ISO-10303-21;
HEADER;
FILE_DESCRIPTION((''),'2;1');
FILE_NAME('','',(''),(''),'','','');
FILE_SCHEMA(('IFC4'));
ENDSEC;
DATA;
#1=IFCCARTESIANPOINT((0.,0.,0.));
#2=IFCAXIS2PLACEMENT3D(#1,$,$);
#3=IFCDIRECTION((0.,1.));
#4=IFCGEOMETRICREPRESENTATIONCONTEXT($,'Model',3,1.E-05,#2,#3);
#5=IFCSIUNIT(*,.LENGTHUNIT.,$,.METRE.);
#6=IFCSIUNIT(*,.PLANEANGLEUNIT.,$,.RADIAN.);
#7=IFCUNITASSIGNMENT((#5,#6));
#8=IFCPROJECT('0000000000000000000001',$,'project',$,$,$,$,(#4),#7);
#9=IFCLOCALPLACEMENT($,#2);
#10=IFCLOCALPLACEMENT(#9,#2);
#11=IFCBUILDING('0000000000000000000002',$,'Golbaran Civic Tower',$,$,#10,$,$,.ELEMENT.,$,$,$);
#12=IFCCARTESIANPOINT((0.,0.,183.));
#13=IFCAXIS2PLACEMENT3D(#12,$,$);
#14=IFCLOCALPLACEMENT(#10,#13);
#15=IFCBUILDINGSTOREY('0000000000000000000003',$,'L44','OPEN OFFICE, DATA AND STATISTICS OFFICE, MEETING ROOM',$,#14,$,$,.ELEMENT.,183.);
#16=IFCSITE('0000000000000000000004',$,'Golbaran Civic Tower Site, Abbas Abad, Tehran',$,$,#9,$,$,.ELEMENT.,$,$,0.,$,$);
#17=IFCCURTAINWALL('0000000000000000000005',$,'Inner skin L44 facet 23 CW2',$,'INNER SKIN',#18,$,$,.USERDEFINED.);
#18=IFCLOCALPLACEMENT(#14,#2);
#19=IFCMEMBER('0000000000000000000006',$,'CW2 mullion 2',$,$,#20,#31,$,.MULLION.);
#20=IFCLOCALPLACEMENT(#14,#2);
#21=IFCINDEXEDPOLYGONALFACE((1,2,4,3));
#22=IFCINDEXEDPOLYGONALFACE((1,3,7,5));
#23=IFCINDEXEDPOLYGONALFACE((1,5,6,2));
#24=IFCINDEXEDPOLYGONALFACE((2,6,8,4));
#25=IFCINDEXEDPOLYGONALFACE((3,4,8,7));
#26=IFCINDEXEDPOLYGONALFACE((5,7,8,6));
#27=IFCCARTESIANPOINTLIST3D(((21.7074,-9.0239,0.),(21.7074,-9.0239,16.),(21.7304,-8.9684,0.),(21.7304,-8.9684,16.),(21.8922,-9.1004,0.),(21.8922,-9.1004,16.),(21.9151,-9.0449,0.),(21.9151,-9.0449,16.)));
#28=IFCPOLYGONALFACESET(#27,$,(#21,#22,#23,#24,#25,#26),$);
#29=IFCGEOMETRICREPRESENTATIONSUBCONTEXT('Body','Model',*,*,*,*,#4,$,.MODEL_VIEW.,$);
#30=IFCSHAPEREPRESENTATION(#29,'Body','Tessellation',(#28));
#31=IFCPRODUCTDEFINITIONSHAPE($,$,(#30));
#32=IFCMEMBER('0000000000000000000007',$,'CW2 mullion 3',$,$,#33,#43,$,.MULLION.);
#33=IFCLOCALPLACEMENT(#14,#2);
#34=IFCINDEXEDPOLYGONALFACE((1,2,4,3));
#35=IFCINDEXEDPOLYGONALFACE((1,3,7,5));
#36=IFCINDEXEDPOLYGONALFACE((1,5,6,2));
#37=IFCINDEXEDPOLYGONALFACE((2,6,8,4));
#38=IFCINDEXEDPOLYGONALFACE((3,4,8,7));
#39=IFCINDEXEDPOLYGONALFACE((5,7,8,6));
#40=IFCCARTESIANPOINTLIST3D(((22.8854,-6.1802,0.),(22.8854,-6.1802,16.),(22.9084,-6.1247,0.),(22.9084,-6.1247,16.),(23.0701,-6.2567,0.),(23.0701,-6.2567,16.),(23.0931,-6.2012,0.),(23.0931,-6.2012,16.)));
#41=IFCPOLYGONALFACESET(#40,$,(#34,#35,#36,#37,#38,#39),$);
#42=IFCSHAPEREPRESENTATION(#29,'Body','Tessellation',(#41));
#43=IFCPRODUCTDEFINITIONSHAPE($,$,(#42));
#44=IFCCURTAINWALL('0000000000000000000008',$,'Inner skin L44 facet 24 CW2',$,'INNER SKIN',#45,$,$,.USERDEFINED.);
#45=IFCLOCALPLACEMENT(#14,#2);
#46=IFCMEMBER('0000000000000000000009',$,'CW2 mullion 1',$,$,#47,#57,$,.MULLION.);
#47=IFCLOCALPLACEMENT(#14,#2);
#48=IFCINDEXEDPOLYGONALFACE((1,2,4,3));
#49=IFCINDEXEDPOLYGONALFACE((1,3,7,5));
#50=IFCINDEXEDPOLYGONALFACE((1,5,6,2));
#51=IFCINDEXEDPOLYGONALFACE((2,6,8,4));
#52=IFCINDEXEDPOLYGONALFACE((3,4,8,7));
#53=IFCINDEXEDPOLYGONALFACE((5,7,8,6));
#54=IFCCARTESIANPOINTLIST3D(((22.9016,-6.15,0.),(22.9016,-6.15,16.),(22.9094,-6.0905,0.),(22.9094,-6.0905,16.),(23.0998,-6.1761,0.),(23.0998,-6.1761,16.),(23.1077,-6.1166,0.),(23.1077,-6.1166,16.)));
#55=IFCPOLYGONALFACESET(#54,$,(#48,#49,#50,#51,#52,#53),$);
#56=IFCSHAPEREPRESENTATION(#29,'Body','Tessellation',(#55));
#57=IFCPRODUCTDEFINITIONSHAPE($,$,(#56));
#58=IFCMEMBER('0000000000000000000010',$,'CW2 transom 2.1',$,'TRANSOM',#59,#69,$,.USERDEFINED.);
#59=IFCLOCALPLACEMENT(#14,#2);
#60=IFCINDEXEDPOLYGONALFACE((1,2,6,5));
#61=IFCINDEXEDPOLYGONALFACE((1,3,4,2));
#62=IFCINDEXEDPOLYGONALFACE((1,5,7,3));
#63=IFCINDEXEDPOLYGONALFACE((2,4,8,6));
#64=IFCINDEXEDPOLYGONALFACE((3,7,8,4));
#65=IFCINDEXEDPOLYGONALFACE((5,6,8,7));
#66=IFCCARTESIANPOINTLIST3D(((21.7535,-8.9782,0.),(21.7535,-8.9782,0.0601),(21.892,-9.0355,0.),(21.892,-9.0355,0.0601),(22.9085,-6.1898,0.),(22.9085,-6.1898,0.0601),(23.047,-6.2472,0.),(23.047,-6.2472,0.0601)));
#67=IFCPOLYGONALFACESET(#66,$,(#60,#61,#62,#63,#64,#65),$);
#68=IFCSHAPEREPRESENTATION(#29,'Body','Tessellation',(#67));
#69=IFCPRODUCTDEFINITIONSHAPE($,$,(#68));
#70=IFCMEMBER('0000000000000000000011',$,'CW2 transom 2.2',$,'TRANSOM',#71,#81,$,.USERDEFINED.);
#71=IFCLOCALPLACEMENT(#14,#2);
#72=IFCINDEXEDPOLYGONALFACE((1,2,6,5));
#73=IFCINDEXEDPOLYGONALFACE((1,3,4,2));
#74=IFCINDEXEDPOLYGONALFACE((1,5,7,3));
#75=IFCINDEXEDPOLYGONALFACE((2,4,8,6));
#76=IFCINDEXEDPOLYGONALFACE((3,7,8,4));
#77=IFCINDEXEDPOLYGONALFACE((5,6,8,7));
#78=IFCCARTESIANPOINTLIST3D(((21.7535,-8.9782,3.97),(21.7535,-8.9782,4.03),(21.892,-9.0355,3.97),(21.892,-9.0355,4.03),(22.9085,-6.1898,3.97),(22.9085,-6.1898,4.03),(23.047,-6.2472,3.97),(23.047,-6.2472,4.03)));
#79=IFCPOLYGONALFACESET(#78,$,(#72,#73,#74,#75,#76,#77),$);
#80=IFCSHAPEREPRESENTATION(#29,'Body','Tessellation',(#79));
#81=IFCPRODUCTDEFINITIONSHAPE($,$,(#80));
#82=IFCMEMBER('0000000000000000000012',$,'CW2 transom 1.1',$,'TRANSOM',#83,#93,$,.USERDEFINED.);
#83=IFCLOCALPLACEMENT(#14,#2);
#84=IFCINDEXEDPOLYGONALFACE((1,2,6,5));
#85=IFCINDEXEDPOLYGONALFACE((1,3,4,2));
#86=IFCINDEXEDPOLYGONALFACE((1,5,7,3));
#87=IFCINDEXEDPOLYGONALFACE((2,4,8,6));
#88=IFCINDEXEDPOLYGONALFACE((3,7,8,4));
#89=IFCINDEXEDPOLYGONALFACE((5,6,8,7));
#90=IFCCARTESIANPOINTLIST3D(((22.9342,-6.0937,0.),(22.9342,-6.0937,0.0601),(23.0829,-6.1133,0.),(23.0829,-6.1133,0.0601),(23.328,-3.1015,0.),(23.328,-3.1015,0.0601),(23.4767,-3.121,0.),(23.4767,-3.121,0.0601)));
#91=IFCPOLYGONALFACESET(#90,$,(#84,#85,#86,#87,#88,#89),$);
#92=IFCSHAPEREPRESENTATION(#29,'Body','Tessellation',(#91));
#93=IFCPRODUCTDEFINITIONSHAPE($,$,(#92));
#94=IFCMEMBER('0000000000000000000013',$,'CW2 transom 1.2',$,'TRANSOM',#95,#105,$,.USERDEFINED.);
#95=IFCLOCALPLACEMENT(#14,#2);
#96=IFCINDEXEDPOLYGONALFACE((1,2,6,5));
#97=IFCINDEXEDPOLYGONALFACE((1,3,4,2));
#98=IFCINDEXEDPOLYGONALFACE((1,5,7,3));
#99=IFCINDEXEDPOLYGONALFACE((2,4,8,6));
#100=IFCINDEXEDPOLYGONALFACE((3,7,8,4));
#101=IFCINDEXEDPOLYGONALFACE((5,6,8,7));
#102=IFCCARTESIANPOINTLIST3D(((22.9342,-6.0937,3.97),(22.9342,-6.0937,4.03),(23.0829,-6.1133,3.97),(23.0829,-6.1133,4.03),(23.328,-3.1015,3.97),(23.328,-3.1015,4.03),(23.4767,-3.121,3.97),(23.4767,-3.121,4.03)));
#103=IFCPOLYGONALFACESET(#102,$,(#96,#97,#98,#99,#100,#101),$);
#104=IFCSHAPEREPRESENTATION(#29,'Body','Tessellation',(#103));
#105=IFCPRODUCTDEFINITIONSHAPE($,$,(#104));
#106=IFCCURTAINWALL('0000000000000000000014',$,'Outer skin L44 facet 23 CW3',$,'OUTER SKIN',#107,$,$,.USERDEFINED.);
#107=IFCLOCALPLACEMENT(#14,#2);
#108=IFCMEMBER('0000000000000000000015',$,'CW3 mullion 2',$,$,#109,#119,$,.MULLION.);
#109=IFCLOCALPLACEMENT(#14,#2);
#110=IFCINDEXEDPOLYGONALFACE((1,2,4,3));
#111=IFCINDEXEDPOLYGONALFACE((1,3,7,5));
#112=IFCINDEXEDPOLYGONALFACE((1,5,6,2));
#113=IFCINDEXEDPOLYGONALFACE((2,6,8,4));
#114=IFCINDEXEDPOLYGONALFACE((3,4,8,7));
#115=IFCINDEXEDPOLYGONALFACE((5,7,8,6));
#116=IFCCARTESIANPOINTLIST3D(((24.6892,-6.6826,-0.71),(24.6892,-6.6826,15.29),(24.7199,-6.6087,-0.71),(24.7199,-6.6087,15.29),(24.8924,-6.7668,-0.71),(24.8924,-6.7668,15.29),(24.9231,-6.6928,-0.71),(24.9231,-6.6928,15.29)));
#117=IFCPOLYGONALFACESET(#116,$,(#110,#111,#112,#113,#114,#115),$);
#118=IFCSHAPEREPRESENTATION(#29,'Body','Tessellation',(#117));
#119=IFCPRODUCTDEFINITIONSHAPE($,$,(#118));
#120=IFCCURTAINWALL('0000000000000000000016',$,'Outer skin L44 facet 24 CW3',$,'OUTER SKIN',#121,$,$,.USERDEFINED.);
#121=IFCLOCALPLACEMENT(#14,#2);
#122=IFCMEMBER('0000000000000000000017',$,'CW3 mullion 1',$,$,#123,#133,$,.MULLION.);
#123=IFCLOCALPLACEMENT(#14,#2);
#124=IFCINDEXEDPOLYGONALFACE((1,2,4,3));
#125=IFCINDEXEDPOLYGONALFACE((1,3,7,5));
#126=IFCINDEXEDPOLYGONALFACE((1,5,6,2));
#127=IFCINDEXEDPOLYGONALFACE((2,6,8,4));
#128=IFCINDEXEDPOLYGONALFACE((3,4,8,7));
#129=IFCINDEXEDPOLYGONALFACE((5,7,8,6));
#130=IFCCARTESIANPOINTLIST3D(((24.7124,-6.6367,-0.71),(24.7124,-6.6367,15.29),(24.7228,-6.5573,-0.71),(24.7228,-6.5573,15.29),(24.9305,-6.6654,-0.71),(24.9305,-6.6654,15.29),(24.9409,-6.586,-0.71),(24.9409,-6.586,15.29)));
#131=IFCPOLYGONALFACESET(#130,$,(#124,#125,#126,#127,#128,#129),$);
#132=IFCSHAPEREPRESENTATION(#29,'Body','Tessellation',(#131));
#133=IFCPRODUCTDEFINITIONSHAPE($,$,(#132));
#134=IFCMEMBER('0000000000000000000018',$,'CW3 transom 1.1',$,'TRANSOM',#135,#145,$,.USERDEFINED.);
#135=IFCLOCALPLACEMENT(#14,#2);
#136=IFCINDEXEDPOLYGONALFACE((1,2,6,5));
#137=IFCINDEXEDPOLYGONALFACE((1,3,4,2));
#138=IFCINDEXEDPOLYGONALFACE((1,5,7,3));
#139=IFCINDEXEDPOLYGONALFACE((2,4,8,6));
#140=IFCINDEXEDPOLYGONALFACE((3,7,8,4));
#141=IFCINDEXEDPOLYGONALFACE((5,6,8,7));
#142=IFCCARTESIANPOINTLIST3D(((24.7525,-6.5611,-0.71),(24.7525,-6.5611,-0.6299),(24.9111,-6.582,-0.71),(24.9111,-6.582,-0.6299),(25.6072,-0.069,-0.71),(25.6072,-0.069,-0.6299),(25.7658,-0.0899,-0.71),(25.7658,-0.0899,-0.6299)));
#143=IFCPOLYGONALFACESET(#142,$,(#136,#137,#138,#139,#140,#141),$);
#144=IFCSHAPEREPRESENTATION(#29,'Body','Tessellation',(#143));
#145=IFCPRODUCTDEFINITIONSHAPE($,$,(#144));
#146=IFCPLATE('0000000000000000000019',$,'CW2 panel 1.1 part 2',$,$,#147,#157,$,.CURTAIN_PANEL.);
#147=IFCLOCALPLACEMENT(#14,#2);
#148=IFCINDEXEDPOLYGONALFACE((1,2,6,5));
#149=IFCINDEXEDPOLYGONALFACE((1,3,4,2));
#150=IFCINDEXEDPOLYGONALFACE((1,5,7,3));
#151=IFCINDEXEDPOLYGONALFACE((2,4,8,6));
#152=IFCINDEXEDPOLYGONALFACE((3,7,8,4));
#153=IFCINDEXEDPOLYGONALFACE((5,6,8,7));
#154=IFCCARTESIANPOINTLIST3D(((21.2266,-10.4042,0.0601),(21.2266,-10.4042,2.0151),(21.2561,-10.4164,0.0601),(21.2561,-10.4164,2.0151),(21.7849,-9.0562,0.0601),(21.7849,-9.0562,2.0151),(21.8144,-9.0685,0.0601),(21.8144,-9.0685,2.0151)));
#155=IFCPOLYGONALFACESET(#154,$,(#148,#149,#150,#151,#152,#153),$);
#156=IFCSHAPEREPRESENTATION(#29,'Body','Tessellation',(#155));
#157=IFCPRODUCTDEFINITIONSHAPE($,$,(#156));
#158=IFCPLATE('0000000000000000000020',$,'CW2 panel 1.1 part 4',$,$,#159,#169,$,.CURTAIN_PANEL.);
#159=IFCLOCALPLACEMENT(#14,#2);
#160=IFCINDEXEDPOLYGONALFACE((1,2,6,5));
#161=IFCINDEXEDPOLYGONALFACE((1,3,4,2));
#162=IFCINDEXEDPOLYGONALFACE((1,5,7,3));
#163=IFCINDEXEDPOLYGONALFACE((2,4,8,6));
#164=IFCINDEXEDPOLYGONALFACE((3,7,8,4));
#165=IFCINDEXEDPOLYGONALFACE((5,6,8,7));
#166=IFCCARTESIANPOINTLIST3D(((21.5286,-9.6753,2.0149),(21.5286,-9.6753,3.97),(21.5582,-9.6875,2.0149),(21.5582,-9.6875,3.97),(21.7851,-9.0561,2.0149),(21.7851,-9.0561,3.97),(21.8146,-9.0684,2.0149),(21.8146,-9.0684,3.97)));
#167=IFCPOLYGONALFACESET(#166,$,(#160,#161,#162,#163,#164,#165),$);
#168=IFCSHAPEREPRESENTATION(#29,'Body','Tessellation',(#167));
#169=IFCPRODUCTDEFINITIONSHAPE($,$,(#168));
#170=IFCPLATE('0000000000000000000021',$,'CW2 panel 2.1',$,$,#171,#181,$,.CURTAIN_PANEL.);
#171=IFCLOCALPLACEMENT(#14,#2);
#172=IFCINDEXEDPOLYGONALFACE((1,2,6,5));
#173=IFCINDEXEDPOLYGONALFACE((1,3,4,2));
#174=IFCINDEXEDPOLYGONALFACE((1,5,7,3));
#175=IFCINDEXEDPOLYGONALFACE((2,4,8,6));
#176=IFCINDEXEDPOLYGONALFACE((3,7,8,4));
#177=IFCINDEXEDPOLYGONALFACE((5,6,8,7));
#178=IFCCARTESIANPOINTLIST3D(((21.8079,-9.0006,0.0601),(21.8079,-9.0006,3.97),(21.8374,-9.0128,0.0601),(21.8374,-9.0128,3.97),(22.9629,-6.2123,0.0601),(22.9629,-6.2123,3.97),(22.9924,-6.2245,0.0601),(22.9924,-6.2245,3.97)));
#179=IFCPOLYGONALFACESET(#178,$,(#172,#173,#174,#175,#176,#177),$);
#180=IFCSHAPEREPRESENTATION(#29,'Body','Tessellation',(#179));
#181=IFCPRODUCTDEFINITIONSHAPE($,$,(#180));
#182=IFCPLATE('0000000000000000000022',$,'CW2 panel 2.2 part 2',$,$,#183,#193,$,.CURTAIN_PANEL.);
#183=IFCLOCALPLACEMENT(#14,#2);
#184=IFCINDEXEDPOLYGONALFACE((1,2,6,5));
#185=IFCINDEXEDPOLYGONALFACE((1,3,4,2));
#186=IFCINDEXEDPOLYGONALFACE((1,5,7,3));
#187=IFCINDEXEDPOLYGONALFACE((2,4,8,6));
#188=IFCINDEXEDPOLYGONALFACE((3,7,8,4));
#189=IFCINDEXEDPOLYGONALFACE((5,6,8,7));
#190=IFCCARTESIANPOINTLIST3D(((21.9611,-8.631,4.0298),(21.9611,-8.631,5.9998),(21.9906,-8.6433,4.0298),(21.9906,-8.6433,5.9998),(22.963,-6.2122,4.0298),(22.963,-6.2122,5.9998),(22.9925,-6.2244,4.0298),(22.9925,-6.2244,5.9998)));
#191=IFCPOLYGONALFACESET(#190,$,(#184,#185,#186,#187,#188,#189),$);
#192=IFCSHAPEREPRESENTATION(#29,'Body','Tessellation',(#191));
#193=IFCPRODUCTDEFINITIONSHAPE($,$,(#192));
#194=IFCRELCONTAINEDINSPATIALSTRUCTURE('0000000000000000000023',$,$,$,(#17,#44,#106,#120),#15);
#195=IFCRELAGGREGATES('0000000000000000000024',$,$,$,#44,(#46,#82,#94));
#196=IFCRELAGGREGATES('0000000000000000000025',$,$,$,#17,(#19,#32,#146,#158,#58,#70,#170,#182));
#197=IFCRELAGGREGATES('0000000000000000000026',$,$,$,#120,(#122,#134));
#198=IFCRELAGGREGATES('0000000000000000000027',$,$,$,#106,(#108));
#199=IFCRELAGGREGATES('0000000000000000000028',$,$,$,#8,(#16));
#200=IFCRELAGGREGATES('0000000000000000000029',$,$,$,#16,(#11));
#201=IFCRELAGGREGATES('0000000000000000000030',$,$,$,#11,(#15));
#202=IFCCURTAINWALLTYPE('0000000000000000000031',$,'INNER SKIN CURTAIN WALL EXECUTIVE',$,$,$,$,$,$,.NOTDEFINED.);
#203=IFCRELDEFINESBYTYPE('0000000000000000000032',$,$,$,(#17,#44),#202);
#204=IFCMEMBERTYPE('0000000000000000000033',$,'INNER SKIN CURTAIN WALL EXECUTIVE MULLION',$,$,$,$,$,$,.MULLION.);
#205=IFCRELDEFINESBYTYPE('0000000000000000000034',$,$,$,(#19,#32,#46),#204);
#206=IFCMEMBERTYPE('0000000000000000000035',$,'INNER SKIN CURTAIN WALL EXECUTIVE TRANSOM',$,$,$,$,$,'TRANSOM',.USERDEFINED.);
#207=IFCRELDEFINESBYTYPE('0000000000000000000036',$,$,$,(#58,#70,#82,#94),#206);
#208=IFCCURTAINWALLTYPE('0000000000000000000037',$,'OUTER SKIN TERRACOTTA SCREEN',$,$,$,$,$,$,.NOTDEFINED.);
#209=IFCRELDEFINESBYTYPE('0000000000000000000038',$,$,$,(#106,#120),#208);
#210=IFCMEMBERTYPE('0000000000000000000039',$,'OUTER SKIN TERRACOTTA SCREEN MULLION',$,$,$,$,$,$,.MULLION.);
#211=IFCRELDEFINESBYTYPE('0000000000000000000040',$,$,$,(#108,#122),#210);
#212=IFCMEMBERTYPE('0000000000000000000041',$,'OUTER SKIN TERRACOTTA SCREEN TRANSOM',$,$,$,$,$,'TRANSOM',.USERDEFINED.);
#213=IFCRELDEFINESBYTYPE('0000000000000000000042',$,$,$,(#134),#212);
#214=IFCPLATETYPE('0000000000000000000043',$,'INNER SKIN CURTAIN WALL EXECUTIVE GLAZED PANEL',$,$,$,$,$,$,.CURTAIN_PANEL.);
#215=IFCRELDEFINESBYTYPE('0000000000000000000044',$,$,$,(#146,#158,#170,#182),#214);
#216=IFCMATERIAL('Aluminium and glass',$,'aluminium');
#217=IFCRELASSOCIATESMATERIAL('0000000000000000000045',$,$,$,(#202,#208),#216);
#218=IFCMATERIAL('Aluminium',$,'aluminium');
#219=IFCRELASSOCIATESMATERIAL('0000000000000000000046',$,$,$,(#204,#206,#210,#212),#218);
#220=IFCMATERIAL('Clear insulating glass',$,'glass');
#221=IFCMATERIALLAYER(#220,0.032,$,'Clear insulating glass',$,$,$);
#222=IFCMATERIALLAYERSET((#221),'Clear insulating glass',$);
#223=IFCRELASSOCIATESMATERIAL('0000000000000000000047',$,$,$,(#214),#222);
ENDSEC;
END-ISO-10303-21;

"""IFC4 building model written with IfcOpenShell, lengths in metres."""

from ifc_helpers import new_model, si_unit, direction, frame, origin, origin_2d, place, context, subcontext, project, spatial, rectangle, extrude, material, layer, layer_set, material_profile, profile_set, type_object, element, aggregate, save


model = new_model("IFC4")

# Units and contexts
model_context = context("Model", 3, precision=1e-05, world=origin(), true_north=direction((0.0, 1.0)))
body_context = subcontext(model_context, "Body", "Model", "MODEL_VIEW")
ifc_project = project(units=[si_unit("LENGTHUNIT", "METRE"), si_unit("PLANEANGLEUNIT", "RADIAN")], contexts=[model_context])

# Site, building, storey
site_placement = place(None, origin())
site = spatial("IfcSite", under=ifc_project, at=site_placement, Name="Golbaran Civic Tower Site, Abbas Abad, Tehran", CompositionType="ELEMENT", RefElevation=0.0)
building_placement = place(site_placement, origin())
building = spatial("IfcBuilding", under=site, at=building_placement, Name="Golbaran Civic Tower", CompositionType="ELEMENT")
storey_placement = place(building_placement, frame((0.0, 0.0, 183.0)))
storey = spatial("IfcBuildingStorey", under=building, at=storey_placement, Name="L44", Description="OPEN OFFICE, DATA AND STATISTICS OFFICE, MEETING ROOM", CompositionType="ELEMENT", Elevation=183.0)

# Curtain wall, members
ifc_material_1 = material(Name="Aluminium and glass", Category="aluminium")
curtain_wall_type_1 = type_object("IfcCurtainWallType", Name="INNER SKIN CURTAIN WALL EXECUTIVE", PredefinedType="NOTDEFINED", material=ifc_material_1)
curtain_wall_1_placement = place(storey_placement, origin())
curtain_wall_1 = element("IfcCurtainWall", 1, at=curtain_wall_1_placement, inside=storey, type_object=curtain_wall_type_1, Name="Inner skin L44 facet 23 CW2", ObjectType="INNER SKIN", PredefinedType="USERDEFINED")
ifc_material_2 = material(Name="Aluminium", Category="aluminium")
ifc_material_profile_1 = material_profile(ifc_material_2, rectangle(XDim=0.2, YDim=0.0601, at=origin_2d()), Name="INNER SKIN CURTAIN WALL EXECUTIVE MULLION")
ifc_profile_set_1 = profile_set([ifc_material_profile_1], Name="Aluminium")
member_type_1 = type_object("IfcMemberType", Name="INNER SKIN CURTAIN WALL EXECUTIVE MULLION", PredefinedType="MULLION", material=ifc_profile_set_1)
member_1_placement = place(storey_placement, frame((21.8113, -9.0344, 0.0), z_axis=(0.0, 0.0, 1.0), x_axis=(-0.92388, 0.382683, 0.0)))
member_1 = element("IfcMember", 2, at=member_1_placement, type_object=member_type_1, Name="CW2 mullion 2", PredefinedType="MULLION", context=body_context, shape_type="SweptSolid", body=[
    extrude(rectangle(XDim=0.2, YDim=0.0601, at=origin_2d()), origin(), (0.0, 0.0, 1.0), 16.0),
])
member_2_placement = place(storey_placement, frame((22.9893, -6.1907, 0.0), z_axis=(0.0, 0.0, 1.0), x_axis=(-0.92388, 0.382683, 0.0)))
member_2 = element("IfcMember", 3, at=member_2_placement, type_object=member_type_1, Name="CW2 mullion 3", PredefinedType="MULLION", context=body_context, shape_type="SweptSolid", body=[
    extrude(rectangle(XDim=0.2, YDim=0.0601, at=origin_2d()), origin(), (0.0, 0.0, 1.0), 16.0),
])

# Curtain wall, member
curtain_wall_2_placement = place(storey_placement, origin())
curtain_wall_2 = element("IfcCurtainWall", 4, at=curtain_wall_2_placement, inside=storey, type_object=curtain_wall_type_1, Name="Inner skin L44 facet 24 CW2", ObjectType="INNER SKIN", PredefinedType="USERDEFINED")
member_3_placement = place(storey_placement, frame((23.0046, -6.1333, 0.0), z_axis=(0.0, 0.0, 1.0), x_axis=(-0.991445, 0.130526, 0.0)))
member_3 = element("IfcMember", 5, at=member_3_placement, type_object=member_type_1, Name="CW2 mullion 1", PredefinedType="MULLION", context=body_context, shape_type="SweptSolid", body=[
    extrude(rectangle(XDim=0.2, YDim=0.0601, at=origin_2d()), origin(), (0.0, 0.0, 1.0), 16.0),
])

# Members
ifc_material_profile_2 = material_profile(ifc_material_2, rectangle(XDim=0.1499, YDim=0.0601, at=origin_2d()), Name="INNER SKIN CURTAIN WALL EXECUTIVE TRANSOM")
ifc_profile_set_2 = profile_set([ifc_material_profile_2], Name="Aluminium")
member_type_2 = type_object("IfcMemberType", Name="INNER SKIN CURTAIN WALL EXECUTIVE TRANSOM", ElementType="TRANSOM", PredefinedType="USERDEFINED", material=ifc_profile_set_2)
member_4_placement = place(storey_placement, frame((21.8228, -9.0068, 0.03), z_axis=(0.382702, 0.923872, 0.0), x_axis=(-0.923872, 0.382702, 0.0)))
member_4 = element("IfcMember", 6, at=member_4_placement, type_object=member_type_2, Name="CW2 transom 2.1", ObjectType="TRANSOM", PredefinedType="USERDEFINED", context=body_context, shape_type="SweptSolid", body=[
    extrude(rectangle(XDim=0.1499, YDim=0.0601, at=origin_2d()), origin(), (0.0, 0.0, 1.0), 3.0181),
])
member_5_placement = place(storey_placement, frame((21.8228, -9.0068, 4.0), z_axis=(0.382702, 0.923872, 0.0), x_axis=(-0.923872, 0.382702, 0.0)))
member_5 = element("IfcMember", 7, at=member_5_placement, type_object=member_type_2, Name="CW2 transom 2.2", ObjectType="TRANSOM", PredefinedType="USERDEFINED", context=body_context, shape_type="SweptSolid", body=[
    extrude(rectangle(XDim=0.1499, YDim=0.0601, at=origin_2d()), origin(), (0.0, 0.0, 1.0), 3.0181),
])
member_6_placement = place(storey_placement, frame((23.0085, -6.1035, 0.03), z_axis=(0.130484, 0.99145, 0.0), x_axis=(-0.99145, 0.130484, 0.0)))
member_6 = element("IfcMember", 8, at=member_6_placement, type_object=member_type_2, Name="CW2 transom 1.1", ObjectType="TRANSOM", PredefinedType="USERDEFINED", context=body_context, shape_type="SweptSolid", body=[
    extrude(rectangle(XDim=0.1499, YDim=0.0601, at=origin_2d()), origin(), (0.0, 0.0, 1.0), 3.0181),
])
member_7_placement = place(storey_placement, frame((23.0085, -6.1035, 4.0), z_axis=(0.130484, 0.99145, 0.0), x_axis=(-0.99145, 0.130484, 0.0)))
member_7 = element("IfcMember", 9, at=member_7_placement, type_object=member_type_2, Name="CW2 transom 1.2", ObjectType="TRANSOM", PredefinedType="USERDEFINED", context=body_context, shape_type="SweptSolid", body=[
    extrude(rectangle(XDim=0.1499, YDim=0.0601, at=origin_2d()), origin(), (0.0, 0.0, 1.0), 3.0181),
])
aggregate(curtain_wall_2, [member_3, member_6, member_7])

# Curtain wall, member
curtain_wall_type_2 = type_object("IfcCurtainWallType", Name="OUTER SKIN TERRACOTTA SCREEN", PredefinedType="NOTDEFINED", material=ifc_material_1)
curtain_wall_3_placement = place(storey_placement, origin())
curtain_wall_3 = element("IfcCurtainWall", 10, at=curtain_wall_3_placement, inside=storey, type_object=curtain_wall_type_2, Name="Outer skin L44 facet 23 CW3", ObjectType="OUTER SKIN", PredefinedType="USERDEFINED")
ifc_material_profile_3 = material_profile(ifc_material_2, rectangle(XDim=0.22, YDim=0.0801, at=origin_2d()), Name="OUTER SKIN TERRACOTTA SCREEN MULLION")
ifc_profile_set_3 = profile_set([ifc_material_profile_3], Name="Aluminium")
member_type_3 = type_object("IfcMemberType", Name="OUTER SKIN TERRACOTTA SCREEN MULLION", PredefinedType="MULLION", material=ifc_profile_set_3)
member_8_placement = place(storey_placement, frame((24.8062, -6.6877, -0.71), z_axis=(0.0, 0.0, 1.0), x_axis=(-0.92388, 0.382683, 0.0)))
member_8 = element("IfcMember", 11, at=member_8_placement, type_object=member_type_3, Name="CW3 mullion 2", PredefinedType="MULLION", context=body_context, shape_type="SweptSolid", body=[
    extrude(rectangle(XDim=0.22, YDim=0.0801, at=origin_2d()), origin(), (0.0, 0.0, 1.0), 16.0),
])

# Curtain wall, members
curtain_wall_4_placement = place(storey_placement, origin())
curtain_wall_4 = element("IfcCurtainWall", 12, at=curtain_wall_4_placement, inside=storey, type_object=curtain_wall_type_2, Name="Outer skin L44 facet 24 CW3", ObjectType="OUTER SKIN", PredefinedType="USERDEFINED")
member_9_placement = place(storey_placement, frame((24.8267, -6.6113, -0.71), z_axis=(0.0, 0.0, 1.0), x_axis=(-0.991445, 0.130526, 0.0)))
member_9 = element("IfcMember", 13, at=member_9_placement, type_object=member_type_3, Name="CW3 mullion 1", PredefinedType="MULLION", context=body_context, shape_type="SweptSolid", body=[
    extrude(rectangle(XDim=0.22, YDim=0.0801, at=origin_2d()), origin(), (0.0, 0.0, 1.0), 16.0),
])
ifc_material_profile_4 = material_profile(ifc_material_2, rectangle(XDim=0.1599, YDim=0.0801, at=origin_2d()), Name="OUTER SKIN TERRACOTTA SCREEN TRANSOM")
ifc_profile_set_4 = profile_set([ifc_material_profile_4], Name="Aluminium")
member_type_4 = type_object("IfcMemberType", Name="OUTER SKIN TERRACOTTA SCREEN TRANSOM", ElementType="TRANSOM", PredefinedType="USERDEFINED", material=ifc_profile_set_4)
member_10_placement = place(storey_placement, frame((24.8318, -6.5715, -0.6699), z_axis=(0.13053, 0.991444, 0.0), x_axis=(-0.991444, 0.13053, 0.0)))
member_10 = element("IfcMember", 14, at=member_10_placement, type_object=member_type_4, Name="CW3 transom 1.1", ObjectType="TRANSOM", PredefinedType="USERDEFINED", context=body_context, shape_type="SweptSolid", body=[
    extrude(rectangle(XDim=0.1599, YDim=0.0801, at=origin_2d()), origin(), (0.0, 0.0, 1.0), 6.5481),
])

# Plates
ifc_material_3 = material(Name="Clear insulating glass", Category="glass")
ifc_layer_1 = layer(ifc_material_3, 0.032, Name="Clear insulating glass")
ifc_layer_set_1 = layer_set([ifc_layer_1], Name="Clear insulating glass")
plate_type_1 = type_object("IfcPlateType", Name="INNER SKIN CURTAIN WALL EXECUTIVE GLAZED PANEL", PredefinedType="CURTAIN_PANEL", material=ifc_layer_set_1)
plate_1_placement = place(storey_placement, frame((21.5205, -9.7363, 0.0601), z_axis=(0.0, 0.0, 1.0), x_axis=(0.382683, 0.92388, 0.0)))
plate_1 = element("IfcPlate", 15, at=plate_1_placement, type_object=plate_type_1, Name="CW2 panel 1.1 part 2", PredefinedType="CURTAIN_PANEL", context=body_context, shape_type="SweptSolid", body=[
    extrude(rectangle(XDim=1.459, YDim=0.032, at=origin_2d()), origin(), (0.0, 0.0, 1.0), 1.9551),
])
plate_2_placement = place(storey_placement, frame((21.6716, -9.3718, 2.0149), z_axis=(0.0, 0.0, 1.0), x_axis=(0.382683, 0.92388, 0.0)))
plate_2 = element("IfcPlate", 16, at=plate_2_placement, type_object=plate_type_1, Name="CW2 panel 1.1 part 4", PredefinedType="CURTAIN_PANEL", context=body_context, shape_type="SweptSolid", body=[
    extrude(rectangle(XDim=0.6702, YDim=0.032, at=origin_2d()), origin(), (0.0, 0.0, 1.0), 1.9551),
])
plate_3_placement = place(storey_placement, frame((22.4001, -7.6125, 0.0601), z_axis=(0.0, 0.0, 1.0), x_axis=(0.382683, 0.92388, 0.0)))
plate_3 = element("IfcPlate", 17, at=plate_3_placement, type_object=plate_type_1, Name="CW2 panel 2.1", PredefinedType="CURTAIN_PANEL", context=body_context, shape_type="SweptSolid", body=[
    extrude(rectangle(XDim=3.0181, YDim=0.032, at=origin_2d()), origin(), (0.0, 0.0, 1.0), 3.9099),
])
plate_4_placement = place(storey_placement, frame((22.4768, -7.4277, 4.0298), z_axis=(0.0, 0.0, 1.0), x_axis=(0.382683, 0.92388, 0.0)))
plate_4 = element("IfcPlate", 18, at=plate_4_placement, type_object=plate_type_1, Name="CW2 panel 2.2 part 2", PredefinedType="CURTAIN_PANEL", context=body_context, shape_type="SweptSolid", body=[
    extrude(rectangle(XDim=2.6182, YDim=0.032, at=origin_2d()), origin(), (0.0, 0.0, 1.0), 1.97),
])
aggregate(curtain_wall_1, [member_1, member_2, plate_1, plate_2, member_4, member_5, plate_3, plate_4])
aggregate(curtain_wall_4, [member_9, member_10])
aggregate(curtain_wall_3, [member_8])

save(model, "model.ifc")
